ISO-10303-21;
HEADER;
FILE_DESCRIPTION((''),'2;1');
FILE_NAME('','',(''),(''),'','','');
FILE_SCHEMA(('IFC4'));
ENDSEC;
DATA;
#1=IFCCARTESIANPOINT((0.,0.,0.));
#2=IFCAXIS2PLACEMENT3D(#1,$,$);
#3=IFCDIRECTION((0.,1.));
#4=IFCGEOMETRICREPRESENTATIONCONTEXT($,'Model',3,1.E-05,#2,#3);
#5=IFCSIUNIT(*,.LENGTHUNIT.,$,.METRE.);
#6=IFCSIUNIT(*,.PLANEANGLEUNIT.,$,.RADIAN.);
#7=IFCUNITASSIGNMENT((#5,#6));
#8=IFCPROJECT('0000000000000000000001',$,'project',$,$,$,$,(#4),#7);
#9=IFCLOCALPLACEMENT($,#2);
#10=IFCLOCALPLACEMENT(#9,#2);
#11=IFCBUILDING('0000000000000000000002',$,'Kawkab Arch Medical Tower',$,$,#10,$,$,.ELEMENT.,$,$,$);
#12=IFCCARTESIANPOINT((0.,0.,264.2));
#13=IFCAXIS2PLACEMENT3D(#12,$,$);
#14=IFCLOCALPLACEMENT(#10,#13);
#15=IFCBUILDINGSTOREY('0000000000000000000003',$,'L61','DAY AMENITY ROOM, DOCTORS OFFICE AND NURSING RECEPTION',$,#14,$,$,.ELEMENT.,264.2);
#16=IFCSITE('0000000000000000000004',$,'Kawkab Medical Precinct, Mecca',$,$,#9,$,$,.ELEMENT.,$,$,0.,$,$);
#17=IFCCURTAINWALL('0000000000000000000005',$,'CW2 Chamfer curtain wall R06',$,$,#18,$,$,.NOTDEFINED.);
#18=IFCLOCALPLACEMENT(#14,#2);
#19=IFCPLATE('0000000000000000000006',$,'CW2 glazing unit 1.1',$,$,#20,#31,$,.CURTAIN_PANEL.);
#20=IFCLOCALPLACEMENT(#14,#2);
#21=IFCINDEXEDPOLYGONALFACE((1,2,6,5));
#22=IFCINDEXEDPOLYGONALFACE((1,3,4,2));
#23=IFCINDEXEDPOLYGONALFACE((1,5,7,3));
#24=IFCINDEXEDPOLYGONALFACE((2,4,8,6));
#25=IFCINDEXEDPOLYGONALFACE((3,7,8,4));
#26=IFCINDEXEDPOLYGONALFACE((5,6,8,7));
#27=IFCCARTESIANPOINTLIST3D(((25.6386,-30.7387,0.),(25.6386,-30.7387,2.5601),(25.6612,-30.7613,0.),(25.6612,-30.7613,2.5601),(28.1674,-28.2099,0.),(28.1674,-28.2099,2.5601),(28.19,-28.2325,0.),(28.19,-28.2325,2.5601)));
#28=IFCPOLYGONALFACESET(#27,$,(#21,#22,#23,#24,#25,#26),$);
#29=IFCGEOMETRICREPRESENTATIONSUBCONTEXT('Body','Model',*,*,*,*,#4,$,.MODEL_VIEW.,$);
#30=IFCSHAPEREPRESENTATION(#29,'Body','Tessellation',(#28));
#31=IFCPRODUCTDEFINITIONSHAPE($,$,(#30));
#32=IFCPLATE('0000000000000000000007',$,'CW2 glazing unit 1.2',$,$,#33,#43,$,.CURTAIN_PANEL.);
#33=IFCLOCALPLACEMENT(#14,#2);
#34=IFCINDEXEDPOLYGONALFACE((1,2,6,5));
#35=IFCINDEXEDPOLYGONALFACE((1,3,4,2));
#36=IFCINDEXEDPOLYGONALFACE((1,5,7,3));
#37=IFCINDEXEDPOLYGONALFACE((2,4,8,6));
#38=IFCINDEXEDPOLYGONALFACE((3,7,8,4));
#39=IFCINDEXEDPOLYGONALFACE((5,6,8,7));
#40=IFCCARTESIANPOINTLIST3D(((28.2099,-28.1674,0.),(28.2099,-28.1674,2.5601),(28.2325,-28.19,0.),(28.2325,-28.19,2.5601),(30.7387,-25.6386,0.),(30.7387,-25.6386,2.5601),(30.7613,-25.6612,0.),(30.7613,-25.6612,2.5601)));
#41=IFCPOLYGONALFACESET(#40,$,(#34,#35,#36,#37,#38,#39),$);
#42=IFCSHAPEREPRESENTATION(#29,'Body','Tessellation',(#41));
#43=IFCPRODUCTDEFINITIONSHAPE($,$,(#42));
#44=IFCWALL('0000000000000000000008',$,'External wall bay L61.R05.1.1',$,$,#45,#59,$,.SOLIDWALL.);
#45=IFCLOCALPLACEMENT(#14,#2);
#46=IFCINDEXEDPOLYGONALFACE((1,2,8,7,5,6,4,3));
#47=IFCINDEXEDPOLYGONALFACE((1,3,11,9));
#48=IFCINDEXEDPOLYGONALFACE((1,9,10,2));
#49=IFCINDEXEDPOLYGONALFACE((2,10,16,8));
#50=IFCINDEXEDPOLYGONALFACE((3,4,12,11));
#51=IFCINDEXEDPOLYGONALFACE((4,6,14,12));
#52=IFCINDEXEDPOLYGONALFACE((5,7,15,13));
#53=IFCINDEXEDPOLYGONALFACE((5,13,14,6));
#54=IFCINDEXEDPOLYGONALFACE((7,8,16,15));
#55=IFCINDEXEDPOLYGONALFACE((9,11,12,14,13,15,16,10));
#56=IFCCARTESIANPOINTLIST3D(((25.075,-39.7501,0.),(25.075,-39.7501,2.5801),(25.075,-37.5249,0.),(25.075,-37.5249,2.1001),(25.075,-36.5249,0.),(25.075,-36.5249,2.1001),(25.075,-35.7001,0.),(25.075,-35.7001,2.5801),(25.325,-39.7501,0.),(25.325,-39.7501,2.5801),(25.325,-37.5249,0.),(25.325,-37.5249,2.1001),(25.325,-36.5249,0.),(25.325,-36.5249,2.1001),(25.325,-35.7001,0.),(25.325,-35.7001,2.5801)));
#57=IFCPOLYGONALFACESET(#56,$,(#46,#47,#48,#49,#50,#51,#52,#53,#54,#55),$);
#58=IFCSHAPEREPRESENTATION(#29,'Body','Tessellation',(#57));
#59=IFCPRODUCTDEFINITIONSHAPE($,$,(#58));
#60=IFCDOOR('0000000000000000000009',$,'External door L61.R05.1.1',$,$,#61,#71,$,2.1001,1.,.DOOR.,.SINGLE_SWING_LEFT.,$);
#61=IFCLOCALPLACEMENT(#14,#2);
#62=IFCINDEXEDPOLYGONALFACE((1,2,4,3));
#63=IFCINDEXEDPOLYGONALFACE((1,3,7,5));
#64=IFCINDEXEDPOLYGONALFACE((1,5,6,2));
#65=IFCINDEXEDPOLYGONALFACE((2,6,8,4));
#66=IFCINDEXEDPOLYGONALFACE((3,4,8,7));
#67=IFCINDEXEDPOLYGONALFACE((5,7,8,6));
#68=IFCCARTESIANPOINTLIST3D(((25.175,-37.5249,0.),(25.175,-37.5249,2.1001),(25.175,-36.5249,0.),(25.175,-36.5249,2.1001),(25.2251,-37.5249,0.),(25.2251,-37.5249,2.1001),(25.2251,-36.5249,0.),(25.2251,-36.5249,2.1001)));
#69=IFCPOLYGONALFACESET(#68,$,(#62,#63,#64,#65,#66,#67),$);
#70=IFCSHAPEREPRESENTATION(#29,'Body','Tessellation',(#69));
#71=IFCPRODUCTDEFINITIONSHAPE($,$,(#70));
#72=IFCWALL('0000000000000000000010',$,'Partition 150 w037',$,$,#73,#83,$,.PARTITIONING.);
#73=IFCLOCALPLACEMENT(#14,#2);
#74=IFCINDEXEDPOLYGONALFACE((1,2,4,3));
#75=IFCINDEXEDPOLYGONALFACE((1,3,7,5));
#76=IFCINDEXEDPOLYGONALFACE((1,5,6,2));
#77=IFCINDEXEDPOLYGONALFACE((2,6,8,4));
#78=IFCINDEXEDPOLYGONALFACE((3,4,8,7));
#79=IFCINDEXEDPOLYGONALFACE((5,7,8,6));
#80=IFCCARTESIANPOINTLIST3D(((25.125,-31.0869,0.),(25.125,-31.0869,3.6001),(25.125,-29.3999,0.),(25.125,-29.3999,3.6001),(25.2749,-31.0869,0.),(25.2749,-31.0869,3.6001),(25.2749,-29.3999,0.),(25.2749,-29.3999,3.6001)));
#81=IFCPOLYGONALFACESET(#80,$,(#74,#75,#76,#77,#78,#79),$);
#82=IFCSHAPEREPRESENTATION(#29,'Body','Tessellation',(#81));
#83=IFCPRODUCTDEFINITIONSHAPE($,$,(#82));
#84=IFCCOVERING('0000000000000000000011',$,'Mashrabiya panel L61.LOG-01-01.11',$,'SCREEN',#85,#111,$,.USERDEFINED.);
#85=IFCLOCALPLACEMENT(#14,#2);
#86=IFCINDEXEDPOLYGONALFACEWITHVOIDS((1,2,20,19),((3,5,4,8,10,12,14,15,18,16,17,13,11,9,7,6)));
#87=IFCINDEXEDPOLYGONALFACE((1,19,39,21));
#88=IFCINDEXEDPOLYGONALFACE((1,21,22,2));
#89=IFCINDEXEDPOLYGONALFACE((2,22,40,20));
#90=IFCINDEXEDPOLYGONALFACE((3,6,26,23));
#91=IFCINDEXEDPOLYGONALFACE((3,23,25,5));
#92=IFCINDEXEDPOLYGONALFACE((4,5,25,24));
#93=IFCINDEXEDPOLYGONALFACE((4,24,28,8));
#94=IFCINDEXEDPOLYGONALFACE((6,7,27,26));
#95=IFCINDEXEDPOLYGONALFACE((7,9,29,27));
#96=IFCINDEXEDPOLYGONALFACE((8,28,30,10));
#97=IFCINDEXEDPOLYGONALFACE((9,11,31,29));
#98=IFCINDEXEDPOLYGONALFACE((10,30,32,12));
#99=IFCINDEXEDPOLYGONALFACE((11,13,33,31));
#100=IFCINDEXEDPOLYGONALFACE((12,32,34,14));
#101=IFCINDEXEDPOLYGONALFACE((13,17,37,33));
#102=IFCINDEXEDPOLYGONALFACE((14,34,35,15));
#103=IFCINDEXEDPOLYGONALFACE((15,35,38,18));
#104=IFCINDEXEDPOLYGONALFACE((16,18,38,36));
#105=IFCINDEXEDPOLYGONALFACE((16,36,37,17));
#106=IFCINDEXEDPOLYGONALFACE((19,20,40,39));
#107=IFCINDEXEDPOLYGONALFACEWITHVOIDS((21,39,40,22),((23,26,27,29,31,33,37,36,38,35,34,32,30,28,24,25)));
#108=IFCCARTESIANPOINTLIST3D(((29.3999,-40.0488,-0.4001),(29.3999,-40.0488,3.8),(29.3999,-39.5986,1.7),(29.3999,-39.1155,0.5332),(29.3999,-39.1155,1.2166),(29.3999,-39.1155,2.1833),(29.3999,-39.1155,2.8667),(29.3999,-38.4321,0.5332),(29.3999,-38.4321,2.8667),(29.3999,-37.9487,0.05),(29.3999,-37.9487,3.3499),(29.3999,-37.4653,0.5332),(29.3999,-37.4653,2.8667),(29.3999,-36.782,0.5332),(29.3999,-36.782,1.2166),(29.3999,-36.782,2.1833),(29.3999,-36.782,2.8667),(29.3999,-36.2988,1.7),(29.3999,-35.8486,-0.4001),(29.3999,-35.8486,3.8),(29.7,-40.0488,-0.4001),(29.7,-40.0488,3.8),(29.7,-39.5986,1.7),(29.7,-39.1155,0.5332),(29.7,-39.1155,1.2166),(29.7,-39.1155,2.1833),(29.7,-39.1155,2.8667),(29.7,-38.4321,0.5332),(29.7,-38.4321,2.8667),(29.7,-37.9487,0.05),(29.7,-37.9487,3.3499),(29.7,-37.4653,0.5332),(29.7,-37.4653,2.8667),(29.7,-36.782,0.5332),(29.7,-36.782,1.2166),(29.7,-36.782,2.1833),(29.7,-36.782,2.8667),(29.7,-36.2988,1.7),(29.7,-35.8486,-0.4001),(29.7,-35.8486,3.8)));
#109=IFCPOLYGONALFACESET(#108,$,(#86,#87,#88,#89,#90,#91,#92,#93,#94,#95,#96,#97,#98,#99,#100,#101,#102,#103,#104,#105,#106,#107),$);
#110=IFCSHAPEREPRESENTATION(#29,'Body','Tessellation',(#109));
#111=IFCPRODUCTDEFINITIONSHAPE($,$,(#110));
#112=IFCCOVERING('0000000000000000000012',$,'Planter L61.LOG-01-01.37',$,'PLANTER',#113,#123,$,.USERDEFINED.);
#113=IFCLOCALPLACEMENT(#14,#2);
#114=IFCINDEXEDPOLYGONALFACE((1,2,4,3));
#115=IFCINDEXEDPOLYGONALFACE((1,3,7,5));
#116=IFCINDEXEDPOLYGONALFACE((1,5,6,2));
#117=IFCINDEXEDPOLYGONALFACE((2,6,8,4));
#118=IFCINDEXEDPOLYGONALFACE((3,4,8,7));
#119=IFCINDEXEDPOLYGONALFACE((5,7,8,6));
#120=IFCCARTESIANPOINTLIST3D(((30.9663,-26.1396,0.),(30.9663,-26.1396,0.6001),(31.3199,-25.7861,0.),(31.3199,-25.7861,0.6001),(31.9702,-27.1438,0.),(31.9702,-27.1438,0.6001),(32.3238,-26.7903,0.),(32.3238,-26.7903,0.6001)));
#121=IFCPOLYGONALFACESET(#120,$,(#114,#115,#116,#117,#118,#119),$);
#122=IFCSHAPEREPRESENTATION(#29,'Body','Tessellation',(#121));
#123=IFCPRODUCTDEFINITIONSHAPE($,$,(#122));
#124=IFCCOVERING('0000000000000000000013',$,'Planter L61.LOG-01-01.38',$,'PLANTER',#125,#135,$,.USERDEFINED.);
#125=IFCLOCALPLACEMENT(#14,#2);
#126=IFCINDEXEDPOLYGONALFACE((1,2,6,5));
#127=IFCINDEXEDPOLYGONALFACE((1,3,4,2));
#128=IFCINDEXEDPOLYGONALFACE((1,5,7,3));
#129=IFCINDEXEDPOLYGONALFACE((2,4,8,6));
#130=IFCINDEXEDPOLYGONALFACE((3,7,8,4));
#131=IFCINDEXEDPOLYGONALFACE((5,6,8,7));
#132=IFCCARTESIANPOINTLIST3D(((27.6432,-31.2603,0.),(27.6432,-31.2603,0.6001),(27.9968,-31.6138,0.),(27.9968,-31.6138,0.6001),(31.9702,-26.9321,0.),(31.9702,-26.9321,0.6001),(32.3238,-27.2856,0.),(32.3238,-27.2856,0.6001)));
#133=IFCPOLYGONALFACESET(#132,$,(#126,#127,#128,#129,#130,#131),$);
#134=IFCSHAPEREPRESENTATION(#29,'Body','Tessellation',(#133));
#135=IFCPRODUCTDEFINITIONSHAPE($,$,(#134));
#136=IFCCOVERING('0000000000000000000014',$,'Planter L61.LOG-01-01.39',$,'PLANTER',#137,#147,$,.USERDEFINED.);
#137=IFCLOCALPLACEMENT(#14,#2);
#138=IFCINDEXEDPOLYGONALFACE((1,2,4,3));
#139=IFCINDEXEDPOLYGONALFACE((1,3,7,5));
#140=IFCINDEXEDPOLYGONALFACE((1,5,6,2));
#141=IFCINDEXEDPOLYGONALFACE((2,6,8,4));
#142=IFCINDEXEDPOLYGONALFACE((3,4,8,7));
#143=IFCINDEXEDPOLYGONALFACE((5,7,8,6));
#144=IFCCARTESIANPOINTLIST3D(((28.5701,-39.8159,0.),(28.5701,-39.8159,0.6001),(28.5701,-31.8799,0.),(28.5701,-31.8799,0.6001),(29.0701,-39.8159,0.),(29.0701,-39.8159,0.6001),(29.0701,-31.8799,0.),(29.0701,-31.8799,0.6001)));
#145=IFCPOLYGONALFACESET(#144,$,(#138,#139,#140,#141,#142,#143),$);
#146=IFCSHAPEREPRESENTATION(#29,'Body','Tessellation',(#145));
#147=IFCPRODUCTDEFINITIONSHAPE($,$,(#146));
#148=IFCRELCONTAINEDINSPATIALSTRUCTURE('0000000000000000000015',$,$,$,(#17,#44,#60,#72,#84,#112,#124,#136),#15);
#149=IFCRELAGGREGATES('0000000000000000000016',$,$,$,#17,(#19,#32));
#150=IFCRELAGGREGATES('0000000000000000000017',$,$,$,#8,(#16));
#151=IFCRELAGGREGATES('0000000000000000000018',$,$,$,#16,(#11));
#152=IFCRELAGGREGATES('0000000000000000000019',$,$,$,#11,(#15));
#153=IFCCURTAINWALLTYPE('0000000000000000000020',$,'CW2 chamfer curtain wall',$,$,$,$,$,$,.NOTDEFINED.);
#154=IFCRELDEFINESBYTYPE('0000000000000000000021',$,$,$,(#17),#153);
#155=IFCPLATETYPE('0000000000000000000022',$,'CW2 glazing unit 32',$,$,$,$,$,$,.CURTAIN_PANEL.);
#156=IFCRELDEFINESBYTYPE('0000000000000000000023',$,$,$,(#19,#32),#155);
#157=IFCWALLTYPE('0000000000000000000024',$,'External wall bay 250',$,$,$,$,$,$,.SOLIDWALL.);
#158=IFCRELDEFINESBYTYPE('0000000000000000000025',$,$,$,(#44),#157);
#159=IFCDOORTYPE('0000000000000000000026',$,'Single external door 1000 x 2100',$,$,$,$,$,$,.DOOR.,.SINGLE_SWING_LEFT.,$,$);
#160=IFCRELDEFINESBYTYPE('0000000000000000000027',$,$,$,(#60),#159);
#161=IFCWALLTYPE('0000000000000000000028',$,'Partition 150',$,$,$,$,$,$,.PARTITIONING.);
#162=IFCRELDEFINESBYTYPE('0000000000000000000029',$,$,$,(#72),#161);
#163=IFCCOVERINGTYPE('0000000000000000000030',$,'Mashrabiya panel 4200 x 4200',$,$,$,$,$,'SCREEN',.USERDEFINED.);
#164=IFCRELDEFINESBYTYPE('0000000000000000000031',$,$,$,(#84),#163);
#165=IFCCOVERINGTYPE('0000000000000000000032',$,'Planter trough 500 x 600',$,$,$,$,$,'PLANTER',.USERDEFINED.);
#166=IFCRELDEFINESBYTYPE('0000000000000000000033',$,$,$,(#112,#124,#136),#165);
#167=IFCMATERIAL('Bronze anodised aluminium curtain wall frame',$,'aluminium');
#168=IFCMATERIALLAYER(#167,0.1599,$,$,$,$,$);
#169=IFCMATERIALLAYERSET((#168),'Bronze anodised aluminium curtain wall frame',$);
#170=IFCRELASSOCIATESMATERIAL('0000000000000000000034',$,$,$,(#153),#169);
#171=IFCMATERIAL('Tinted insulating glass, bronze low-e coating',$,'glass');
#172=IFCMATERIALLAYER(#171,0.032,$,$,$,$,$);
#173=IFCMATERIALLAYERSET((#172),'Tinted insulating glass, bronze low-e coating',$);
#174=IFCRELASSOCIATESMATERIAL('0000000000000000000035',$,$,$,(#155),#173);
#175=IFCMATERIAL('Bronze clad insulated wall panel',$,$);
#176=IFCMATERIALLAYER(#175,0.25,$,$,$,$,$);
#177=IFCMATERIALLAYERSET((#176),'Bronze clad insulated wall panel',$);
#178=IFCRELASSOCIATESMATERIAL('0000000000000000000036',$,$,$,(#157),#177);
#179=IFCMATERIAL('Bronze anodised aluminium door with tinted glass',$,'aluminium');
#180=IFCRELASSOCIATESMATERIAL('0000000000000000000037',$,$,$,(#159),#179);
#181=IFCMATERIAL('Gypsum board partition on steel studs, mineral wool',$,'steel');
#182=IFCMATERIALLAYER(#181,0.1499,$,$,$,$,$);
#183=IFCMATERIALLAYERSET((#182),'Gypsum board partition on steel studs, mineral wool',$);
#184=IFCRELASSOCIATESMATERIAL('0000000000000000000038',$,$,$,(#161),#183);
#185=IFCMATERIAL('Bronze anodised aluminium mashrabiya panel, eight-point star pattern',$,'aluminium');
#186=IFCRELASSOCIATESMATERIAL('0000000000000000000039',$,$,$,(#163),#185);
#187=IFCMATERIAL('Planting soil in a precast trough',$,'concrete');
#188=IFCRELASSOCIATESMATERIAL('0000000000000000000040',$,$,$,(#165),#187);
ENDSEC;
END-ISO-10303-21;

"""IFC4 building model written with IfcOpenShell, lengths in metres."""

from ifc_helpers import new_model, si_unit, direction, frame, frame_2d, origin, origin_2d, place, context, subcontext, project, spatial, polyline, rectangle, outline, extrude, material, layer, layer_set, material_profile, profile_set, type_object, element, fill, aggregate, save


model = new_model("IFC4")

# Units and contexts
model_context = context("Model", 3, precision=1e-05, world=origin(), true_north=direction((0.0, 1.0)))
body_context = subcontext(model_context, "Body", "Model", "MODEL_VIEW")
ifc_project = project(units=[si_unit("LENGTHUNIT", "METRE"), si_unit("PLANEANGLEUNIT", "RADIAN")], contexts=[model_context])

# Site, building, storey
site_placement = place(None, origin())
site = spatial("IfcSite", under=ifc_project, at=site_placement, Name="Kawkab Medical Precinct, Mecca", CompositionType="ELEMENT", RefElevation=0.0)
building_placement = place(site_placement, origin())
building = spatial("IfcBuilding", under=site, at=building_placement, Name="Kawkab Arch Medical Tower", CompositionType="ELEMENT")
storey_placement = place(building_placement, frame((0.0, 0.0, 264.2)))
storey = spatial("IfcBuildingStorey", under=building, at=storey_placement, Name="L61", Description="DAY AMENITY ROOM, DOCTORS OFFICE AND NURSING RECEPTION", CompositionType="ELEMENT", Elevation=264.2)

# Shared definitions
placement = place(storey_placement, origin())
ifc_material_1 = material(Name="Bronze anodised aluminium curtain wall frame", Category="aluminium")
ifc_layer_1 = layer(ifc_material_1, 0.1599)
ifc_layer_set_1 = layer_set([ifc_layer_1], Name="Bronze anodised aluminium curtain wall frame")
curtain_wall_type_1 = type_object("IfcCurtainWallType", Name="CW2 chamfer curtain wall", PredefinedType="NOTDEFINED", material=ifc_layer_set_1)

# Curtain wall
curtain_wall_1 = element("IfcCurtainWall", 1, at=placement, inside=storey, type_object=curtain_wall_type_1, Name="CW2 Chamfer curtain wall R06", PredefinedType="NOTDEFINED")

# Plates
ifc_material_2 = material(Name="Tinted insulating glass, bronze low-e coating", Category="glass")
ifc_layer_2 = layer(ifc_material_2, 0.032)
ifc_layer_set_2 = layer_set([ifc_layer_2], Name="Tinted insulating glass, bronze low-e coating")
plate_type_1 = type_object("IfcPlateType", Name="CW2 glazing unit 32", PredefinedType="CURTAIN_PANEL", material=ifc_layer_set_2)
plate_1_placement = place(storey_placement, frame((26.9143, -29.4856, 0.0), z_axis=(0.0, 0.0, 1.0), x_axis=(0.707107, 0.707107, 0.0)))
plate_1 = element("IfcPlate", 2, at=plate_1_placement, type_object=plate_type_1, Name="CW2 glazing unit 1.1", PredefinedType="CURTAIN_PANEL", context=body_context, shape_type="SweptSolid", body=[
    extrude(rectangle(XDim=3.5762, YDim=0.032, at=origin_2d()), origin(), (0.0, 0.0, 1.0), 2.5601),
])
plate_2_placement = place(storey_placement, frame((29.4856, -26.9143, 0.0), z_axis=(0.0, 0.0, 1.0), x_axis=(0.707107, 0.707107, 0.0)))
plate_2 = element("IfcPlate", 3, at=plate_2_placement, type_object=plate_type_1, Name="CW2 glazing unit 1.2", PredefinedType="CURTAIN_PANEL", context=body_context, shape_type="SweptSolid", body=[
    extrude(rectangle(XDim=3.5762, YDim=0.032, at=origin_2d()), origin(), (0.0, 0.0, 1.0), 2.5601),
])
aggregate(curtain_wall_1, [plate_1, plate_2])

# Wall, opening, door
ifc_material_3 = material(Name="Bronze clad insulated wall panel")
ifc_layer_3 = layer(ifc_material_3, 0.25)
ifc_layer_set_3 = layer_set([ifc_layer_3], Name="Bronze clad insulated wall panel")
wall_type_1 = type_object("IfcWallType", Name="External wall bay 250", PredefinedType="SOLIDWALL", material=ifc_layer_set_3)
wall_1_placement = place(storey_placement, frame((25.2, -39.75, 0.0), z_axis=(0.0, 0.0, 1.0), x_axis=(0.0, 1.0, 0.0)))
wall_1 = element("IfcWall", 4, at=wall_1_placement, inside=storey, type_object=wall_type_1, Name="External wall bay L61.R05.1.1", PredefinedType="SOLIDWALL", context=body_context, shape_type="SweptSolid", body=[
    extrude(rectangle(XDim=4.05, YDim=0.25, at=frame_2d((2.0249, 0.0))), origin(), (0.0, 0.0, 1.0), 2.5801),
])
opening_placement = place(wall_1_placement, frame((2.2251, 0.0, 0.0)))
opening = element("IfcOpeningElement", 5, at=opening_placement, cuts=wall_1, PredefinedType="OPENING", context=body_context, shape_type="SweptSolid", body=[
    extrude(rectangle(XDim=1.0, YDim=2.1001, at=frame_2d((0.5, 1.05))), frame((0.0, 0.135, 0.0), z_axis=(0.0, -1.0, 0.0), x_axis=(1.0, 0.0, 0.0)), (0.0, 0.0, 1.0), 0.27),
])
ifc_material_4 = material(Name="Bronze anodised aluminium door with tinted glass", Category="aluminium")
door_type = type_object("IfcDoorType", Name="Single external door 1000 x 2100", OperationType="SINGLE_SWING_LEFT", PredefinedType="DOOR", material=ifc_material_4)
door_placement = place(opening_placement, origin())
door = element("IfcDoor", 6, at=door_placement, inside=storey, type_object=door_type, Name="External door L61.R05.1.1", OperationType="SINGLE_SWING_LEFT", OverallHeight=2.1001, OverallWidth=1.0, PredefinedType="DOOR", context=body_context, shape_type="SweptSolid", body=[
    extrude(rectangle(XDim=1.0, YDim=2.1001, at=frame_2d((0.5, 1.05))), frame((0.0, 0.0249, 0.0), z_axis=(0.0, -1.0, 0.0), x_axis=(1.0, 0.0, 0.0)), (0.0, 0.0, 1.0), 0.05),
])
fill(opening, door)

# Wall
ifc_material_5 = material(Name="Gypsum board partition on steel studs, mineral wool", Category="steel")
ifc_layer_4 = layer(ifc_material_5, 0.1499)
ifc_layer_set_4 = layer_set([ifc_layer_4], Name="Gypsum board partition on steel studs, mineral wool")
wall_type_2 = type_object("IfcWallType", Name="Partition 150", PredefinedType="PARTITIONING", material=ifc_layer_set_4)
wall_2_placement = place(storey_placement, frame((25.2, -31.0869, 0.0), z_axis=(0.0, 0.0, 1.0), x_axis=(0.0, 1.0, 0.0)))
element("IfcWall", 7, at=wall_2_placement, inside=storey, type_object=wall_type_2, Name="Partition 150 w037", PredefinedType="PARTITIONING", context=body_context, shape_type="SweptSolid", body=[
    extrude(rectangle(XDim=1.687, YDim=0.1499, at=frame_2d((0.8435, 0.0))), origin(), (0.0, 0.0, 1.0), 3.6001),
])

# Coverings
ifc_material_6 = material(Name="Bronze anodised aluminium mashrabiya panel, eight-point star pattern", Category="aluminium")
ifc_material_profile_1 = material_profile(ifc_material_6, outline(polyline([(-2.1001, -2.1001), (2.1001, -2.1001), (2.1001, 2.1001), (-2.1001, 2.1001), (-2.1001, -2.1001)]), holes=[polyline([(1.6499, 0.0), (1.1667, 0.4834), (1.1667, 1.1667), (0.4834, 1.1667), (0.0, 1.6499), (-0.4834, 1.1667), (-1.1667, 1.1667), (-1.1667, 0.4834), (-1.6499, 0.0), (-1.1667, -0.4834), (-1.1667, -1.1667), (-0.4834, -1.1667), (0.0, -1.6499), (0.4834, -1.1667), (1.1667, -1.1667), (1.1667, -0.4834), (1.6499, 0.0)])]), Name="Mashrabiya panel 4200x4200")
ifc_profile_set_1 = profile_set([ifc_material_profile_1], Name="Bronze anodised aluminium mashrabiya panel, eight-point star pattern")
covering_type_1 = type_object("IfcCoveringType", Name="Mashrabiya panel 4200 x 4200", ElementType="SCREEN", PredefinedType="USERDEFINED", material=ifc_profile_set_1)
covering_1_placement = place(storey_placement, frame((29.3999, -37.9487, 1.7), z_axis=(1.0, 0.0, 0.0), x_axis=(0.0, 1.0, 0.0)))
element("IfcCovering", 8, at=covering_1_placement, inside=storey, type_object=covering_type_1, Name="Mashrabiya panel L61.LOG-01-01.11", ObjectType="SCREEN", PredefinedType="USERDEFINED", context=body_context, shape_type="SweptSolid", body=[
    extrude(outline(polyline([(-2.1001, -2.1001), (2.1001, -2.1001), (2.1001, 2.1001), (-2.1001, 2.1001), (-2.1001, -2.1001)]), holes=[polyline([(1.6499, 0.0), (1.1667, 0.4834), (1.1667, 1.1667), (0.4834, 1.1667), (0.0, 1.6499), (-0.4834, 1.1667), (-1.1667, 1.1667), (-1.1667, 0.4834), (-1.6499, 0.0), (-1.1667, -0.4834), (-1.1667, -1.1667), (-0.4834, -1.1667), (0.0, -1.6499), (0.4834, -1.1667), (1.1667, -1.1667), (1.1667, -0.4834), (1.6499, 0.0)])]), origin(), (0.0, 0.0, 1.0), 0.3),
])
ifc_material_7 = material(Name="Planting soil in a precast trough", Category="concrete")
ifc_material_profile_2 = material_profile(ifc_material_7, rectangle(XDim=0.5, YDim=0.6001, at=origin_2d()), Name="Trough 500x600")
ifc_profile_set_2 = profile_set([ifc_material_profile_2], Name="Planting soil in a precast trough")
covering_type_2 = type_object("IfcCoveringType", Name="Planter trough 500 x 600", ElementType="PLANTER", PredefinedType="USERDEFINED", material=ifc_profile_set_2)
covering_2_placement = place(storey_placement, frame((31.1431, -25.9629, 0.3), z_axis=(0.707021, -0.707193, 0.0), x_axis=(0.707193, 0.707021, 0.0)))
element("IfcCovering", 9, at=covering_2_placement, inside=storey, type_object=covering_type_2, Name="Planter L61.LOG-01-01.37", ObjectType="PLANTER", PredefinedType="USERDEFINED", context=body_context, shape_type="SweptSolid", body=[
    extrude(rectangle(XDim=0.5, YDim=0.6001, at=origin_2d()), origin(), (0.0, 0.0, 1.0), 1.4199),
])
covering_3_placement = place(storey_placement, frame((32.147, -27.1089, 0.3), z_axis=(-0.707007, -0.707207, 0.0), x_axis=(0.707207, -0.707007, 0.0)))
element("IfcCovering", 10, at=covering_3_placement, inside=storey, type_object=covering_type_2, Name="Planter L61.LOG-01-01.38", ObjectType="PLANTER", PredefinedType="USERDEFINED", context=body_context, shape_type="SweptSolid", body=[
    extrude(rectangle(XDim=0.5, YDim=0.6001, at=origin_2d()), origin(), (0.0, 0.0, 1.0), 6.1201),
])
covering_4_placement = place(storey_placement, frame((28.8201, -31.8799, 0.3), z_axis=(0.0, -1.0, 0.0), x_axis=(1.0, 0.0, 0.0)))
element("IfcCovering", 11, at=covering_4_placement, inside=storey, type_object=covering_type_2, Name="Planter L61.LOG-01-01.39", ObjectType="PLANTER", PredefinedType="USERDEFINED", context=body_context, shape_type="SweptSolid", body=[
    extrude(rectangle(XDim=0.5, YDim=0.6001, at=origin_2d()), origin(), (0.0, 0.0, 1.0), 7.936),
])

save(model, "model.ifc")
